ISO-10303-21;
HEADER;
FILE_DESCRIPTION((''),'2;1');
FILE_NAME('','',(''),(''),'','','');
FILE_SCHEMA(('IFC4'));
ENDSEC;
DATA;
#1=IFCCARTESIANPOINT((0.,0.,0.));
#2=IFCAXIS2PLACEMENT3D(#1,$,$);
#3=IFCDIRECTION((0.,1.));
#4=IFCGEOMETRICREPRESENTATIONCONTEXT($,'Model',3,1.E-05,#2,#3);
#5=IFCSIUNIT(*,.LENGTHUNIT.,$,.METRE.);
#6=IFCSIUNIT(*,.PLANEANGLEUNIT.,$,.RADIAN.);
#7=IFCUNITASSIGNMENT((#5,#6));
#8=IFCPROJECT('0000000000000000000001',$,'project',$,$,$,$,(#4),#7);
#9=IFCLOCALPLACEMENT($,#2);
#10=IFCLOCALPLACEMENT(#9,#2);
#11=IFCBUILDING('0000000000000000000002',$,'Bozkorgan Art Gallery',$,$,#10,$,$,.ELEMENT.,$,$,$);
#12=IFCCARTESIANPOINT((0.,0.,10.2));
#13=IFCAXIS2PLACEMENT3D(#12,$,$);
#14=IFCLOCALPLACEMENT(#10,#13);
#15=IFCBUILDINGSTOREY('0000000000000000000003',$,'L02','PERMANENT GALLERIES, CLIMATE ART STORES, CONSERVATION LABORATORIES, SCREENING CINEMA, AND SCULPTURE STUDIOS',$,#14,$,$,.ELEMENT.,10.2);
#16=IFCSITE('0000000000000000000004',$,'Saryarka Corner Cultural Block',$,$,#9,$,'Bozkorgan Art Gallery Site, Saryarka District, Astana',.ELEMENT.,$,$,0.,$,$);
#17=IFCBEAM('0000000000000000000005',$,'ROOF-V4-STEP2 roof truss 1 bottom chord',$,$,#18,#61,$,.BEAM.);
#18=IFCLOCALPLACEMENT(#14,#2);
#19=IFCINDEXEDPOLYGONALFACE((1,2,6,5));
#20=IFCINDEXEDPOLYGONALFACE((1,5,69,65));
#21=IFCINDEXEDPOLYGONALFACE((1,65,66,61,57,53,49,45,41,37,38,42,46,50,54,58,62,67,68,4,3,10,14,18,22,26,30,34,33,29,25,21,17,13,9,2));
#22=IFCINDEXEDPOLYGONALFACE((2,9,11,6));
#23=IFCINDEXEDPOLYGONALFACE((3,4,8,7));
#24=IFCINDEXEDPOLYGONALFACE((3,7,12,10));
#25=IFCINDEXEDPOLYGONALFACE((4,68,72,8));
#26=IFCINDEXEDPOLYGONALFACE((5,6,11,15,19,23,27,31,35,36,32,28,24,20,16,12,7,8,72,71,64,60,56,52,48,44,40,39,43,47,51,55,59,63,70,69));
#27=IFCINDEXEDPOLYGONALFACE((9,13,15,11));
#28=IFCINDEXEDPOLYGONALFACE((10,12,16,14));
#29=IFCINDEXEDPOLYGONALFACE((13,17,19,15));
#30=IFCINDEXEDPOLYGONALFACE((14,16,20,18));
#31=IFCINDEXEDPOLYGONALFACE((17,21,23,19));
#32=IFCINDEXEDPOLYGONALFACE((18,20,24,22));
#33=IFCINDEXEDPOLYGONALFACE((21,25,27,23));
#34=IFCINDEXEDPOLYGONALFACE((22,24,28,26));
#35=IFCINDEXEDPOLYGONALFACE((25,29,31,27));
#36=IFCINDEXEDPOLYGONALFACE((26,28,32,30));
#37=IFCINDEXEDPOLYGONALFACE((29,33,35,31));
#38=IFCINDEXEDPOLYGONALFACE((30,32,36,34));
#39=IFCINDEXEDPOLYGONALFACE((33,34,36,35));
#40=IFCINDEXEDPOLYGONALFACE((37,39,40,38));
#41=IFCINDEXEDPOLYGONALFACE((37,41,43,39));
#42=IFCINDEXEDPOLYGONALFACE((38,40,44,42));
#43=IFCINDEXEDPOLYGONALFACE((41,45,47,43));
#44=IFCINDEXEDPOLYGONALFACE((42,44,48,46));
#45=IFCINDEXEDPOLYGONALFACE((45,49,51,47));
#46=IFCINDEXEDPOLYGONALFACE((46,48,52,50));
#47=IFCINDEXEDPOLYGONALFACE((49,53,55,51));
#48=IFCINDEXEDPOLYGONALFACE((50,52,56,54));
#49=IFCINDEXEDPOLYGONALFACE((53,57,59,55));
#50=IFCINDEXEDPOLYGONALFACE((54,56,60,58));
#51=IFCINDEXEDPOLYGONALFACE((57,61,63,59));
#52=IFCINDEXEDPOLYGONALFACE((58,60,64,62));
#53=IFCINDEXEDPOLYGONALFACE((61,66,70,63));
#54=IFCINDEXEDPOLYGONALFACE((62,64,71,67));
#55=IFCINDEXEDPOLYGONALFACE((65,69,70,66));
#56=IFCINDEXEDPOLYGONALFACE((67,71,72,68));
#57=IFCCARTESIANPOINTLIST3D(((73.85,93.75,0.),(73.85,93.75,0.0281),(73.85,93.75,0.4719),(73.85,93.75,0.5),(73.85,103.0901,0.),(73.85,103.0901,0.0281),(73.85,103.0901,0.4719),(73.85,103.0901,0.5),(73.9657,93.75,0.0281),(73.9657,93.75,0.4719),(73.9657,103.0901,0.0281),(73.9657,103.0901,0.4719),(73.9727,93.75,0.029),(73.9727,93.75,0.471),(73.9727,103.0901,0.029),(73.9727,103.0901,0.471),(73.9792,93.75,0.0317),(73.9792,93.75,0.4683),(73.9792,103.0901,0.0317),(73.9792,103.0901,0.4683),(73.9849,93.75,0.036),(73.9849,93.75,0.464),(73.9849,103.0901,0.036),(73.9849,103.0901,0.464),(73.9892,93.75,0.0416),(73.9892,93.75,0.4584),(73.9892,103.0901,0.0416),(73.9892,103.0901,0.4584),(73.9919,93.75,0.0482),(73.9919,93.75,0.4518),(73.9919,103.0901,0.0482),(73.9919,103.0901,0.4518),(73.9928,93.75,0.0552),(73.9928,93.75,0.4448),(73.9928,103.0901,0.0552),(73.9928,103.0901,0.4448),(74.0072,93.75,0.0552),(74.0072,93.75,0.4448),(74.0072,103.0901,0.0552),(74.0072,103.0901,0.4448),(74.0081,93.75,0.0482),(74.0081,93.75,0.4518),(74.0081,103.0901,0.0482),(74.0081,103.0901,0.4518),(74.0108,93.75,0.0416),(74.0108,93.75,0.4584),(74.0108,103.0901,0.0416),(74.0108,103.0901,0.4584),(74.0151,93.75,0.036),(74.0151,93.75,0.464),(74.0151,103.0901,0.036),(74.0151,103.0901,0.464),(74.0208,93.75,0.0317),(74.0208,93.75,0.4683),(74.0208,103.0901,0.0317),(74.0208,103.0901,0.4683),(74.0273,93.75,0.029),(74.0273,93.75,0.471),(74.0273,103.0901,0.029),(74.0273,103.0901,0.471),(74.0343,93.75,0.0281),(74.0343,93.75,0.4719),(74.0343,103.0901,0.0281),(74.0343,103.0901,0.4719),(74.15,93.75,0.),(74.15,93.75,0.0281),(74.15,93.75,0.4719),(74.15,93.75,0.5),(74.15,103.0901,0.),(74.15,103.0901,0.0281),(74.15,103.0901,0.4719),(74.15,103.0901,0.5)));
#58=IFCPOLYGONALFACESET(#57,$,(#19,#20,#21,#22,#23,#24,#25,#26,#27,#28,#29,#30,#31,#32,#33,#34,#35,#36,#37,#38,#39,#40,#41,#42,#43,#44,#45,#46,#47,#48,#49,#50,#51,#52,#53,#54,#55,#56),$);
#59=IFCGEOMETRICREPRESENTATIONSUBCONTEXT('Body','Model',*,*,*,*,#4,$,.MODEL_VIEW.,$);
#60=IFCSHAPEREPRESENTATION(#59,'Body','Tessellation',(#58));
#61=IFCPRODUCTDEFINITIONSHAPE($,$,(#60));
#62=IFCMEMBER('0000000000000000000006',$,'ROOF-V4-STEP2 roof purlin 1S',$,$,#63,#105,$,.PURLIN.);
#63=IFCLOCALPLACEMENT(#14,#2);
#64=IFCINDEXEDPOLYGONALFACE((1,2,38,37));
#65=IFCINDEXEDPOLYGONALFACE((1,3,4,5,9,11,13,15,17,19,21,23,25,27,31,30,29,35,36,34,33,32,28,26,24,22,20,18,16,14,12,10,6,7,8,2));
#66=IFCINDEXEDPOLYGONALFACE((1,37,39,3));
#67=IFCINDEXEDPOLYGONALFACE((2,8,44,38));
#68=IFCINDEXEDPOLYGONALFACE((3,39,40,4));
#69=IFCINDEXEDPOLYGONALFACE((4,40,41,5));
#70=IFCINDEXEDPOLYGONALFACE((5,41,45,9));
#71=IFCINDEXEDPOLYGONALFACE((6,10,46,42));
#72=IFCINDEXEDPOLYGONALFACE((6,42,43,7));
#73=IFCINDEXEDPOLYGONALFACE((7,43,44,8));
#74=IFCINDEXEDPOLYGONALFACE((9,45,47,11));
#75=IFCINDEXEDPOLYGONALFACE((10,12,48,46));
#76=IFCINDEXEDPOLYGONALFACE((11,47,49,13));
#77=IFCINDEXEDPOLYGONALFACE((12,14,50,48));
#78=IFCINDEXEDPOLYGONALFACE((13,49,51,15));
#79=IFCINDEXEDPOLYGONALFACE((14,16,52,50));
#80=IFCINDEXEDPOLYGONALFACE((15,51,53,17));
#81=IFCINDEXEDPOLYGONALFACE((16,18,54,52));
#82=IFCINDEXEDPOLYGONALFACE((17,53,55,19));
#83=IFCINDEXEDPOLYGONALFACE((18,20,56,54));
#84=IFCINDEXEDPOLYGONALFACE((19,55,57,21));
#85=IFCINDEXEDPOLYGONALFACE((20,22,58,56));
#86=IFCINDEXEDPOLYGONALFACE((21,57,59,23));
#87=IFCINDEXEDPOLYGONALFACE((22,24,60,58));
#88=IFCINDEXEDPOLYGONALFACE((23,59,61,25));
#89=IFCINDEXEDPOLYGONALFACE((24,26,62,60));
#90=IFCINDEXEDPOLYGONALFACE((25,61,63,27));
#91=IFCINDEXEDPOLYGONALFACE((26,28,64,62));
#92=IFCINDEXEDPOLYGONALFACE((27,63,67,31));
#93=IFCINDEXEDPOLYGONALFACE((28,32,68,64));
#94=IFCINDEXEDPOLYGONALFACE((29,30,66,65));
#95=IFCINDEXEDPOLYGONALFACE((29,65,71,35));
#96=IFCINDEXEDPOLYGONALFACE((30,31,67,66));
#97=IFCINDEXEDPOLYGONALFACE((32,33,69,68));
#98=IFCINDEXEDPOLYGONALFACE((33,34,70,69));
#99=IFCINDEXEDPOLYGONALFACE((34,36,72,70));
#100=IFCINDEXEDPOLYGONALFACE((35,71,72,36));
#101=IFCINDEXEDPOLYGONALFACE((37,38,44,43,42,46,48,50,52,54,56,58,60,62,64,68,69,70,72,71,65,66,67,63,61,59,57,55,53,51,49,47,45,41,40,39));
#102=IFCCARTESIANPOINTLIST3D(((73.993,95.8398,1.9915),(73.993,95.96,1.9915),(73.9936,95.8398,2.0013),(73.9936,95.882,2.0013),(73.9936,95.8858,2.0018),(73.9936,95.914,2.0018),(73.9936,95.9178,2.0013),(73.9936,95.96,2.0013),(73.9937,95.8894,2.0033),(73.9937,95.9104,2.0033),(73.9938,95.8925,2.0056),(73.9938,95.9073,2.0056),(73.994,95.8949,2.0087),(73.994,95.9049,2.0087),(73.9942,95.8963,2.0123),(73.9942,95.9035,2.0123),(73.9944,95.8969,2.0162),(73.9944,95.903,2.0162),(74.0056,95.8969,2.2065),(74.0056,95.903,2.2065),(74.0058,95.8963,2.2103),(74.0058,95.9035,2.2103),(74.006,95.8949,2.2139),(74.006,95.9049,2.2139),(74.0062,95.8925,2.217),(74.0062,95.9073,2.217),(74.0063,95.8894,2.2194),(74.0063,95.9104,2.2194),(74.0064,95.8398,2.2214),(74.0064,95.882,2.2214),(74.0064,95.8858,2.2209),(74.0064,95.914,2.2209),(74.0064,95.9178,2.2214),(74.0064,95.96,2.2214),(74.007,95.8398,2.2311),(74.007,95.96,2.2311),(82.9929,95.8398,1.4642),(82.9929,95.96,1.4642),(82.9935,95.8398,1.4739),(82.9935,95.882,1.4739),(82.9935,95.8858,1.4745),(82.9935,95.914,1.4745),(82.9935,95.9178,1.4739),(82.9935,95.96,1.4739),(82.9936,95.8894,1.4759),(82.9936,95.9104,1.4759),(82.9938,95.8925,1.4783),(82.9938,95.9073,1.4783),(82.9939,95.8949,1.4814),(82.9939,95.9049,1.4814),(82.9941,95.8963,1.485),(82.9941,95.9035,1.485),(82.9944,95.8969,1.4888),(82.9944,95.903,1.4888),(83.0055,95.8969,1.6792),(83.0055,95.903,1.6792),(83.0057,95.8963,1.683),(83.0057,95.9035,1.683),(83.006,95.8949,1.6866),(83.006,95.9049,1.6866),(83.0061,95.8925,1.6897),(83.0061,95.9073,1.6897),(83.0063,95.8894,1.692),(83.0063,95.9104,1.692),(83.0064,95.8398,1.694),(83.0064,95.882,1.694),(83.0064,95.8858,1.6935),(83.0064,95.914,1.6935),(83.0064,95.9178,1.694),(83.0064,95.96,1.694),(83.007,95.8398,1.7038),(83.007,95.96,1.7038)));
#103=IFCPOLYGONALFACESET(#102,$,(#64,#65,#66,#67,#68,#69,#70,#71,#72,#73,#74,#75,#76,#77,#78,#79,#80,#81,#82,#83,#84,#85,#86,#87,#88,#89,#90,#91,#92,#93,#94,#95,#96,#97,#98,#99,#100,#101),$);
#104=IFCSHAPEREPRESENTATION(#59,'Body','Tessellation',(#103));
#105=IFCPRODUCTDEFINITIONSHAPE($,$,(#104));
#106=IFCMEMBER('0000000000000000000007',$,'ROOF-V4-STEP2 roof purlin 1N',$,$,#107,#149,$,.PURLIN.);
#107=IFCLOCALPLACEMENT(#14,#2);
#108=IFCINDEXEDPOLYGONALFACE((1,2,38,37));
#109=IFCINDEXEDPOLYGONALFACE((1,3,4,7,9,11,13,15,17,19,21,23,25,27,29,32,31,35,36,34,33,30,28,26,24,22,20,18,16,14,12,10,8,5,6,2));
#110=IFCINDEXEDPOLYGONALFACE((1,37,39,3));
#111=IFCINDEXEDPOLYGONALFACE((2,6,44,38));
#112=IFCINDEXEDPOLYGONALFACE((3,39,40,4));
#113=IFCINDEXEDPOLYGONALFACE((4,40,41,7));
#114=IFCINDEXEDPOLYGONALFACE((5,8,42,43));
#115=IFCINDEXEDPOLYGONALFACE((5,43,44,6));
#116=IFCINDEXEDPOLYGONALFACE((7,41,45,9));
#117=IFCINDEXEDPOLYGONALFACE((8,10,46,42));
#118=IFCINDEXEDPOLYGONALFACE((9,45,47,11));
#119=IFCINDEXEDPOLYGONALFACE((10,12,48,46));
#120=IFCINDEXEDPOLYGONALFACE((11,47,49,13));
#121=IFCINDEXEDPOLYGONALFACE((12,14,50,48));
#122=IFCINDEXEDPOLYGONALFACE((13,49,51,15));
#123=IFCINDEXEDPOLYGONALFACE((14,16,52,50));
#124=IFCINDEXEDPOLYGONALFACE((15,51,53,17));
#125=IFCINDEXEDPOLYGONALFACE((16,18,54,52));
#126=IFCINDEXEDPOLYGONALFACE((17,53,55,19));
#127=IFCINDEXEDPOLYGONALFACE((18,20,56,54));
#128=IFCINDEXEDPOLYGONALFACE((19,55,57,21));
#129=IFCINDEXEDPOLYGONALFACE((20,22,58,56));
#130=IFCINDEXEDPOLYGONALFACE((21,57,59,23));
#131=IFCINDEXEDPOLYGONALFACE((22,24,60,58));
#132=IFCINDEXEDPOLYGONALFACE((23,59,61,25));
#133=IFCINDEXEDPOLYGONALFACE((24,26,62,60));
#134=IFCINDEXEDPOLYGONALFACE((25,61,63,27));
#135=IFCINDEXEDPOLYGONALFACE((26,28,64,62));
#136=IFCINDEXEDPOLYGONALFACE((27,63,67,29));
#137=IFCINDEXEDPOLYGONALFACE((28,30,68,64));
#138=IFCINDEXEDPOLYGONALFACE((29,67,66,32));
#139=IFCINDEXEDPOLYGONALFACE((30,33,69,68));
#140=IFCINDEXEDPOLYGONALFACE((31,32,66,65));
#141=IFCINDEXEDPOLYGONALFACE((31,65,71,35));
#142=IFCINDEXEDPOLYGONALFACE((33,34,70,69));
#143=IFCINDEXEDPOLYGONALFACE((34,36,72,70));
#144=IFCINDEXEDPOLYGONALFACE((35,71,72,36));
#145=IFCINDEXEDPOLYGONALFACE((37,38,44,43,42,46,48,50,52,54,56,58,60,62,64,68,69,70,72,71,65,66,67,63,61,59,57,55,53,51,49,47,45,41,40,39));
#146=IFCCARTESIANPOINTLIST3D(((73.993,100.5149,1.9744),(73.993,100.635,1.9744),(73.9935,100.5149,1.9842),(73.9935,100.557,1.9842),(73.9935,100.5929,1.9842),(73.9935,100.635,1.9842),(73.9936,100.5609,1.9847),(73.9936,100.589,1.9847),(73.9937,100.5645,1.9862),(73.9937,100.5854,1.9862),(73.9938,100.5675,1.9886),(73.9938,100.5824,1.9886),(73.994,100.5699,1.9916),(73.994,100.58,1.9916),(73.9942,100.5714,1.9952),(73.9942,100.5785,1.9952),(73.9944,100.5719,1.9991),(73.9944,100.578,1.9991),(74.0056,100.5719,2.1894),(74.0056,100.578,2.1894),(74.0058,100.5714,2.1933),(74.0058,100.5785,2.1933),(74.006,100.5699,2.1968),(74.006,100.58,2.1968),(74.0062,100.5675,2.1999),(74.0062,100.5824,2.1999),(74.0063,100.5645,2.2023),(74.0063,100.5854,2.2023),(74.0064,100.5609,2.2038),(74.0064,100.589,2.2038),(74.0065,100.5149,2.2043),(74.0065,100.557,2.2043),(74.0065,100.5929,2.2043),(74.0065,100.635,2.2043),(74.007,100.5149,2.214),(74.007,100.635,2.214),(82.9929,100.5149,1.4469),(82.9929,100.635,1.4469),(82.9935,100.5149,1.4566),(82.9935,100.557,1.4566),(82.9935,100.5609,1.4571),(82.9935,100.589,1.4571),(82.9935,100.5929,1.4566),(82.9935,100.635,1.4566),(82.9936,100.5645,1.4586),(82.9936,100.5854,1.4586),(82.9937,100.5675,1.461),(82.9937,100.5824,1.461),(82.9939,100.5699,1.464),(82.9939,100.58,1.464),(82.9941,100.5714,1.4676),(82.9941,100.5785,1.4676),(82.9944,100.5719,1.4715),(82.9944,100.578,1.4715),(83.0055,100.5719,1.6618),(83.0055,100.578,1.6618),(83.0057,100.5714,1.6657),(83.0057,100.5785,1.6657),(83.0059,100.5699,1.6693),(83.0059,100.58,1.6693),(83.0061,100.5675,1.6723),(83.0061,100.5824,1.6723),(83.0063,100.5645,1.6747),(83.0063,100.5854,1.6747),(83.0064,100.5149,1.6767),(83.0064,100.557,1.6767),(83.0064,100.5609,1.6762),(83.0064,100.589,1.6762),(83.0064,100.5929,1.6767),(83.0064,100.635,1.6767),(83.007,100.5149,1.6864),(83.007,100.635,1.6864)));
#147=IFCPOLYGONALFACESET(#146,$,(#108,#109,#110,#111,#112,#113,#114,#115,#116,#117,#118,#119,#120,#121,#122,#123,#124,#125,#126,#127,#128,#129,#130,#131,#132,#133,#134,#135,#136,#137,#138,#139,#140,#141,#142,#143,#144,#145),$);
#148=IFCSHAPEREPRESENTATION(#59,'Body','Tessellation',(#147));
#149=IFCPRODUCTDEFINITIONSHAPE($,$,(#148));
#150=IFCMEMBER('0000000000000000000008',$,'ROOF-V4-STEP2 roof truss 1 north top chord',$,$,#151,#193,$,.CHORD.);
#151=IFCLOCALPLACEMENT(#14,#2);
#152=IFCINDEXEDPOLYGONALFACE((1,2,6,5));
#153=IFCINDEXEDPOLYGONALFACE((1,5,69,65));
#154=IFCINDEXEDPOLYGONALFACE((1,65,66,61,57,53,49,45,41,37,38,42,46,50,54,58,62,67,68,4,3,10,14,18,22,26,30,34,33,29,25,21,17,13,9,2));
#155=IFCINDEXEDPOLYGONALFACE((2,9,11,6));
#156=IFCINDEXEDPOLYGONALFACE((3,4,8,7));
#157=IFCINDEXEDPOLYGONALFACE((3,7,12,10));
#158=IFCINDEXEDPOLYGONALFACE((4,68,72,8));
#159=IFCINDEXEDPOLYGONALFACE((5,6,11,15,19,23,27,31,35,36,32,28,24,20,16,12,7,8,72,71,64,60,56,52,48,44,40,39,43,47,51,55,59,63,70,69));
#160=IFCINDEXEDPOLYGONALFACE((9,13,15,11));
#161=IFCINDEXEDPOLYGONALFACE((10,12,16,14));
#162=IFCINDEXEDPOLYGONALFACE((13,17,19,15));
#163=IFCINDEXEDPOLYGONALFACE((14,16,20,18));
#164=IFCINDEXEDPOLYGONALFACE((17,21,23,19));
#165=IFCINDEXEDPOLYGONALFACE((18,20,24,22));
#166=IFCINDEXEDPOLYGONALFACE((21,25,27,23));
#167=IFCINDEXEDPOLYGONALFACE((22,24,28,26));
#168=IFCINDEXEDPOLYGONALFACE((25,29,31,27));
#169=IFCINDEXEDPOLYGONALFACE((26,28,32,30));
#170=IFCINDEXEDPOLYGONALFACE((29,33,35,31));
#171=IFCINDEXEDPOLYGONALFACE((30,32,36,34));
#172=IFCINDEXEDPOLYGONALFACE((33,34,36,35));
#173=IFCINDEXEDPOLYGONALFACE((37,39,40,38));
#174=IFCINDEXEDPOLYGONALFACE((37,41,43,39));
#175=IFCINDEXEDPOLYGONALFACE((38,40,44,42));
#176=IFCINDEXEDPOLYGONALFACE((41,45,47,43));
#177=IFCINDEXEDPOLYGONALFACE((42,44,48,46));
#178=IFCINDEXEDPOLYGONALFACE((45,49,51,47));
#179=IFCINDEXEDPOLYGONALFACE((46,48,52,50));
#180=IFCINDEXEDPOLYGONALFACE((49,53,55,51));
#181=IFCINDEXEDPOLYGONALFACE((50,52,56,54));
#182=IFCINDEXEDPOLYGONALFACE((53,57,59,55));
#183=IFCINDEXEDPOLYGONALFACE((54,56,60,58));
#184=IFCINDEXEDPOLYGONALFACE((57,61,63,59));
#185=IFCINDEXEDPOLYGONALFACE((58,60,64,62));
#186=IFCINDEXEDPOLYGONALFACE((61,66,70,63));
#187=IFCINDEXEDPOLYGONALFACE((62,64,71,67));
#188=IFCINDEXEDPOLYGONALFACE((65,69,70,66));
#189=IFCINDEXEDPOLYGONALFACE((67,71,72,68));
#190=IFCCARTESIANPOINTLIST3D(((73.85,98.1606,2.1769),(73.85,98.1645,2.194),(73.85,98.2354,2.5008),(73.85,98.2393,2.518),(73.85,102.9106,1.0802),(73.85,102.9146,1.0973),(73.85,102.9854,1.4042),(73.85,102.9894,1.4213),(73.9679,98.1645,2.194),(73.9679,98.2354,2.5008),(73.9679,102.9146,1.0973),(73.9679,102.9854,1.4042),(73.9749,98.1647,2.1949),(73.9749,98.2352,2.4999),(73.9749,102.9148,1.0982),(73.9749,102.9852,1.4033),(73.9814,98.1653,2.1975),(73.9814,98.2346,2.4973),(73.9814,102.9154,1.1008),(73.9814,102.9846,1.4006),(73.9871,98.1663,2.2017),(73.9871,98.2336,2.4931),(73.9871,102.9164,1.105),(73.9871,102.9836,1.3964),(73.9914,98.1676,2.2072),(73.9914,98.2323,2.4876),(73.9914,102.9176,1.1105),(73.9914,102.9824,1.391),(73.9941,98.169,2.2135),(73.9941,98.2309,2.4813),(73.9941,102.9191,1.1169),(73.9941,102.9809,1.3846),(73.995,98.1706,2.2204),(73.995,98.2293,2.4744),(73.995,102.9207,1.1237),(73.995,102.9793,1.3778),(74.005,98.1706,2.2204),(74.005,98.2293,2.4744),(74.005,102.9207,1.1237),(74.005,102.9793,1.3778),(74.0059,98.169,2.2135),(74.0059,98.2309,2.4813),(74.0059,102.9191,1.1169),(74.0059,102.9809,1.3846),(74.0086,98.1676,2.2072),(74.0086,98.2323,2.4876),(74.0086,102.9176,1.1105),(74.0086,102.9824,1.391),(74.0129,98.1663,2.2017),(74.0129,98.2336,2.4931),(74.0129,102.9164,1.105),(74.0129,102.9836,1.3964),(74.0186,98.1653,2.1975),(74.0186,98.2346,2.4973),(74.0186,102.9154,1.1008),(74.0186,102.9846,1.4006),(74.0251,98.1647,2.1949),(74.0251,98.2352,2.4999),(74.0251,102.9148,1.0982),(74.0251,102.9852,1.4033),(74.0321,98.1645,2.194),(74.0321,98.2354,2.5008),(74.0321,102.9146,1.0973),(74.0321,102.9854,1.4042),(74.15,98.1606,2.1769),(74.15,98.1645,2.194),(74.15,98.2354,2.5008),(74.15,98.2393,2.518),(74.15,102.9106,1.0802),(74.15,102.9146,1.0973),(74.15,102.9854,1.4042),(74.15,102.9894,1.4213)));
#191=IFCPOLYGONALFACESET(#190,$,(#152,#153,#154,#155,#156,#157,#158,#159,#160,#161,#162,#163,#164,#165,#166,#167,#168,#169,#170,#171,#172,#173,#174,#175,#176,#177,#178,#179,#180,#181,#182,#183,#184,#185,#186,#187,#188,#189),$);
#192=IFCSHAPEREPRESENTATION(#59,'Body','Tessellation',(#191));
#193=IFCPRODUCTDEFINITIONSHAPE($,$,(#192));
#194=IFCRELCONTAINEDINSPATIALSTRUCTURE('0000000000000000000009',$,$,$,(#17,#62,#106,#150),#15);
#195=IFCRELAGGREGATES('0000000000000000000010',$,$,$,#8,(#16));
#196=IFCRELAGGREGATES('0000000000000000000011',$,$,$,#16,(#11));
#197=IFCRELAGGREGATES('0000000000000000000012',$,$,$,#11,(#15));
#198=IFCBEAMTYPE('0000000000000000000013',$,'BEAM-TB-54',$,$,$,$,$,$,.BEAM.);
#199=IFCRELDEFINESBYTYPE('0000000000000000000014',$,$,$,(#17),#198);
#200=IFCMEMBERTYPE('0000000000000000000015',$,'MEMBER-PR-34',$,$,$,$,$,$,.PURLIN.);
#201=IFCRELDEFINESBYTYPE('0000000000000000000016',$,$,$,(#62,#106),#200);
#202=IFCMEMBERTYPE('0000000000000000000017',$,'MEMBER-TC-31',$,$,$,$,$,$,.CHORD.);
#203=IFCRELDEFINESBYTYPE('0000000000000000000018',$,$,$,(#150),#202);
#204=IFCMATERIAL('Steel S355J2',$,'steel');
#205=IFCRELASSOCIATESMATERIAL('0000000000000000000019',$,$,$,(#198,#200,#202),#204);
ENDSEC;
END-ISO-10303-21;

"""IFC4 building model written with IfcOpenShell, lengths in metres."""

from ifc_helpers import new_model, si_unit, direction, frame, origin, origin_2d, place, context, subcontext, project, spatial, i_section, extrude, material, material_profile, profile_set, type_object, element, save


model = new_model("IFC4")

# Units and contexts
model_context = context("Model", 3, precision=1e-05, world=origin(), true_north=direction((0.0, 1.0)))
body_context = subcontext(model_context, "Body", "Model", "MODEL_VIEW")
ifc_project = project(units=[si_unit("LENGTHUNIT", "METRE"), si_unit("PLANEANGLEUNIT", "RADIAN")], contexts=[model_context])

# Site, building, storey
site_placement = place(None, origin())
site = spatial("IfcSite", under=ifc_project, at=site_placement, Name="Saryarka Corner Cultural Block", LongName="Bozkorgan Art Gallery Site, Saryarka District, Astana", CompositionType="ELEMENT", RefElevation=0.0)
building_placement = place(site_placement, origin())
building = spatial("IfcBuilding", under=site, at=building_placement, Name="Bozkorgan Art Gallery", CompositionType="ELEMENT")
storey_placement = place(building_placement, frame((0.0, 0.0, 10.2)))
storey = spatial("IfcBuildingStorey", under=building, at=storey_placement, Name="L02", Description="PERMANENT GALLERIES, CLIMATE ART STORES, CONSERVATION LABORATORIES, SCREENING CINEMA, AND SCULPTURE STUDIOS", CompositionType="ELEMENT", Elevation=10.2)

# Beam
ifc_material_1 = material(Name="Steel S355J2", Category="steel")
ifc_material_profile_1 = material_profile(ifc_material_1, i_section(OverallWidth=0.3, OverallDepth=0.5, WebThickness=0.0144, FlangeThickness=0.0281, FilletRadius=0.0271, at=origin_2d()), Name="HEB 500")
ifc_profile_set_1 = profile_set([ifc_material_profile_1], Name="Steel S355J2")
beam_type = type_object("IfcBeamType", Name="BEAM-TB-54", PredefinedType="BEAM", material=ifc_profile_set_1)
beam_placement = place(storey_placement, frame((74.0, 93.75, 0.25), z_axis=(0.0, 1.0, 0.0), x_axis=(-1.0, 0.0, 0.0)))
element("IfcBeam", 1, at=beam_placement, inside=storey, type_object=beam_type, Name="ROOF-V4-STEP2 roof truss 1 bottom chord", PredefinedType="BEAM", context=body_context, shape_type="SweptSolid", body=[
    extrude(i_section(OverallWidth=0.3, OverallDepth=0.5, WebThickness=0.0144, FlangeThickness=0.0281, FilletRadius=0.0271, at=origin_2d()), origin(), (0.0, 0.0, 1.0), 9.3401),
])

# Members
ifc_material_profile_2 = material_profile(ifc_material_1, i_section(OverallWidth=0.1201, OverallDepth=0.24, WebThickness=0.0061, FlangeThickness=0.0098, FilletRadius=0.0149, at=origin_2d()), Name="IPE 240")
ifc_profile_set_2 = profile_set([ifc_material_profile_2], Name="Steel S355J2")
member_type_1 = type_object("IfcMemberType", Name="MEMBER-PR-34", PredefinedType="PURLIN", material=ifc_profile_set_2)
for number, where, z_axis, x_axis, name in (
    (2, (74.0, 95.8999, 2.1113), (0.998288, 0.0, -0.058493), (0.0, 1.0, 0.0), "ROOF-V4-STEP2 roof purlin 1S"),
    (3, (74.0, 100.575, 2.0942), (0.998286, 0.0, -0.05852), (0.0, 1.0, 0.0), "ROOF-V4-STEP2 roof purlin 1N"),
):
    element("IfcMember", number, at=place(storey_placement, frame(where, z_axis=z_axis, x_axis=x_axis)), inside=storey, type_object=member_type_1, Name=name, PredefinedType="PURLIN", context=body_context, shape_type="SweptSolid", body=[
        extrude(i_section(OverallWidth=0.1201, OverallDepth=0.24, WebThickness=0.0061, FlangeThickness=0.0098, FilletRadius=0.0149, at=origin_2d()), origin(), (0.0, 0.0, 1.0), 9.0154),
    ])
ifc_material_profile_3 = material_profile(ifc_material_1, i_section(OverallWidth=0.3, OverallDepth=0.3501, WebThickness=0.01, FlangeThickness=0.0176, FilletRadius=0.0271, at=origin_2d()), Name="HEA 360")
ifc_profile_set_3 = profile_set([ifc_material_profile_3], Name="Steel S355J2")
member_type_2 = type_object("IfcMemberType", Name="MEMBER-TC-31", PredefinedType="CHORD", material=ifc_profile_set_3)
member_1_placement = place(storey_placement, frame((74.0, 98.2, 2.3474), z_axis=(0.0, 0.974368, -0.224962), x_axis=(-1.0, 0.0, 0.0)))
element("IfcMember", 4, at=member_1_placement, inside=storey, type_object=member_type_2, Name="ROOF-V4-STEP2 roof truss 1 north top chord", PredefinedType="CHORD", context=body_context, shape_type="SweptSolid", body=[
    extrude(i_section(OverallWidth=0.3, OverallDepth=0.3501, WebThickness=0.01, FlangeThickness=0.0176, FilletRadius=0.0271, at=origin_2d()), origin(), (0.0, 0.0, 1.0), 4.875),
])

save(model, "model.ifc")
